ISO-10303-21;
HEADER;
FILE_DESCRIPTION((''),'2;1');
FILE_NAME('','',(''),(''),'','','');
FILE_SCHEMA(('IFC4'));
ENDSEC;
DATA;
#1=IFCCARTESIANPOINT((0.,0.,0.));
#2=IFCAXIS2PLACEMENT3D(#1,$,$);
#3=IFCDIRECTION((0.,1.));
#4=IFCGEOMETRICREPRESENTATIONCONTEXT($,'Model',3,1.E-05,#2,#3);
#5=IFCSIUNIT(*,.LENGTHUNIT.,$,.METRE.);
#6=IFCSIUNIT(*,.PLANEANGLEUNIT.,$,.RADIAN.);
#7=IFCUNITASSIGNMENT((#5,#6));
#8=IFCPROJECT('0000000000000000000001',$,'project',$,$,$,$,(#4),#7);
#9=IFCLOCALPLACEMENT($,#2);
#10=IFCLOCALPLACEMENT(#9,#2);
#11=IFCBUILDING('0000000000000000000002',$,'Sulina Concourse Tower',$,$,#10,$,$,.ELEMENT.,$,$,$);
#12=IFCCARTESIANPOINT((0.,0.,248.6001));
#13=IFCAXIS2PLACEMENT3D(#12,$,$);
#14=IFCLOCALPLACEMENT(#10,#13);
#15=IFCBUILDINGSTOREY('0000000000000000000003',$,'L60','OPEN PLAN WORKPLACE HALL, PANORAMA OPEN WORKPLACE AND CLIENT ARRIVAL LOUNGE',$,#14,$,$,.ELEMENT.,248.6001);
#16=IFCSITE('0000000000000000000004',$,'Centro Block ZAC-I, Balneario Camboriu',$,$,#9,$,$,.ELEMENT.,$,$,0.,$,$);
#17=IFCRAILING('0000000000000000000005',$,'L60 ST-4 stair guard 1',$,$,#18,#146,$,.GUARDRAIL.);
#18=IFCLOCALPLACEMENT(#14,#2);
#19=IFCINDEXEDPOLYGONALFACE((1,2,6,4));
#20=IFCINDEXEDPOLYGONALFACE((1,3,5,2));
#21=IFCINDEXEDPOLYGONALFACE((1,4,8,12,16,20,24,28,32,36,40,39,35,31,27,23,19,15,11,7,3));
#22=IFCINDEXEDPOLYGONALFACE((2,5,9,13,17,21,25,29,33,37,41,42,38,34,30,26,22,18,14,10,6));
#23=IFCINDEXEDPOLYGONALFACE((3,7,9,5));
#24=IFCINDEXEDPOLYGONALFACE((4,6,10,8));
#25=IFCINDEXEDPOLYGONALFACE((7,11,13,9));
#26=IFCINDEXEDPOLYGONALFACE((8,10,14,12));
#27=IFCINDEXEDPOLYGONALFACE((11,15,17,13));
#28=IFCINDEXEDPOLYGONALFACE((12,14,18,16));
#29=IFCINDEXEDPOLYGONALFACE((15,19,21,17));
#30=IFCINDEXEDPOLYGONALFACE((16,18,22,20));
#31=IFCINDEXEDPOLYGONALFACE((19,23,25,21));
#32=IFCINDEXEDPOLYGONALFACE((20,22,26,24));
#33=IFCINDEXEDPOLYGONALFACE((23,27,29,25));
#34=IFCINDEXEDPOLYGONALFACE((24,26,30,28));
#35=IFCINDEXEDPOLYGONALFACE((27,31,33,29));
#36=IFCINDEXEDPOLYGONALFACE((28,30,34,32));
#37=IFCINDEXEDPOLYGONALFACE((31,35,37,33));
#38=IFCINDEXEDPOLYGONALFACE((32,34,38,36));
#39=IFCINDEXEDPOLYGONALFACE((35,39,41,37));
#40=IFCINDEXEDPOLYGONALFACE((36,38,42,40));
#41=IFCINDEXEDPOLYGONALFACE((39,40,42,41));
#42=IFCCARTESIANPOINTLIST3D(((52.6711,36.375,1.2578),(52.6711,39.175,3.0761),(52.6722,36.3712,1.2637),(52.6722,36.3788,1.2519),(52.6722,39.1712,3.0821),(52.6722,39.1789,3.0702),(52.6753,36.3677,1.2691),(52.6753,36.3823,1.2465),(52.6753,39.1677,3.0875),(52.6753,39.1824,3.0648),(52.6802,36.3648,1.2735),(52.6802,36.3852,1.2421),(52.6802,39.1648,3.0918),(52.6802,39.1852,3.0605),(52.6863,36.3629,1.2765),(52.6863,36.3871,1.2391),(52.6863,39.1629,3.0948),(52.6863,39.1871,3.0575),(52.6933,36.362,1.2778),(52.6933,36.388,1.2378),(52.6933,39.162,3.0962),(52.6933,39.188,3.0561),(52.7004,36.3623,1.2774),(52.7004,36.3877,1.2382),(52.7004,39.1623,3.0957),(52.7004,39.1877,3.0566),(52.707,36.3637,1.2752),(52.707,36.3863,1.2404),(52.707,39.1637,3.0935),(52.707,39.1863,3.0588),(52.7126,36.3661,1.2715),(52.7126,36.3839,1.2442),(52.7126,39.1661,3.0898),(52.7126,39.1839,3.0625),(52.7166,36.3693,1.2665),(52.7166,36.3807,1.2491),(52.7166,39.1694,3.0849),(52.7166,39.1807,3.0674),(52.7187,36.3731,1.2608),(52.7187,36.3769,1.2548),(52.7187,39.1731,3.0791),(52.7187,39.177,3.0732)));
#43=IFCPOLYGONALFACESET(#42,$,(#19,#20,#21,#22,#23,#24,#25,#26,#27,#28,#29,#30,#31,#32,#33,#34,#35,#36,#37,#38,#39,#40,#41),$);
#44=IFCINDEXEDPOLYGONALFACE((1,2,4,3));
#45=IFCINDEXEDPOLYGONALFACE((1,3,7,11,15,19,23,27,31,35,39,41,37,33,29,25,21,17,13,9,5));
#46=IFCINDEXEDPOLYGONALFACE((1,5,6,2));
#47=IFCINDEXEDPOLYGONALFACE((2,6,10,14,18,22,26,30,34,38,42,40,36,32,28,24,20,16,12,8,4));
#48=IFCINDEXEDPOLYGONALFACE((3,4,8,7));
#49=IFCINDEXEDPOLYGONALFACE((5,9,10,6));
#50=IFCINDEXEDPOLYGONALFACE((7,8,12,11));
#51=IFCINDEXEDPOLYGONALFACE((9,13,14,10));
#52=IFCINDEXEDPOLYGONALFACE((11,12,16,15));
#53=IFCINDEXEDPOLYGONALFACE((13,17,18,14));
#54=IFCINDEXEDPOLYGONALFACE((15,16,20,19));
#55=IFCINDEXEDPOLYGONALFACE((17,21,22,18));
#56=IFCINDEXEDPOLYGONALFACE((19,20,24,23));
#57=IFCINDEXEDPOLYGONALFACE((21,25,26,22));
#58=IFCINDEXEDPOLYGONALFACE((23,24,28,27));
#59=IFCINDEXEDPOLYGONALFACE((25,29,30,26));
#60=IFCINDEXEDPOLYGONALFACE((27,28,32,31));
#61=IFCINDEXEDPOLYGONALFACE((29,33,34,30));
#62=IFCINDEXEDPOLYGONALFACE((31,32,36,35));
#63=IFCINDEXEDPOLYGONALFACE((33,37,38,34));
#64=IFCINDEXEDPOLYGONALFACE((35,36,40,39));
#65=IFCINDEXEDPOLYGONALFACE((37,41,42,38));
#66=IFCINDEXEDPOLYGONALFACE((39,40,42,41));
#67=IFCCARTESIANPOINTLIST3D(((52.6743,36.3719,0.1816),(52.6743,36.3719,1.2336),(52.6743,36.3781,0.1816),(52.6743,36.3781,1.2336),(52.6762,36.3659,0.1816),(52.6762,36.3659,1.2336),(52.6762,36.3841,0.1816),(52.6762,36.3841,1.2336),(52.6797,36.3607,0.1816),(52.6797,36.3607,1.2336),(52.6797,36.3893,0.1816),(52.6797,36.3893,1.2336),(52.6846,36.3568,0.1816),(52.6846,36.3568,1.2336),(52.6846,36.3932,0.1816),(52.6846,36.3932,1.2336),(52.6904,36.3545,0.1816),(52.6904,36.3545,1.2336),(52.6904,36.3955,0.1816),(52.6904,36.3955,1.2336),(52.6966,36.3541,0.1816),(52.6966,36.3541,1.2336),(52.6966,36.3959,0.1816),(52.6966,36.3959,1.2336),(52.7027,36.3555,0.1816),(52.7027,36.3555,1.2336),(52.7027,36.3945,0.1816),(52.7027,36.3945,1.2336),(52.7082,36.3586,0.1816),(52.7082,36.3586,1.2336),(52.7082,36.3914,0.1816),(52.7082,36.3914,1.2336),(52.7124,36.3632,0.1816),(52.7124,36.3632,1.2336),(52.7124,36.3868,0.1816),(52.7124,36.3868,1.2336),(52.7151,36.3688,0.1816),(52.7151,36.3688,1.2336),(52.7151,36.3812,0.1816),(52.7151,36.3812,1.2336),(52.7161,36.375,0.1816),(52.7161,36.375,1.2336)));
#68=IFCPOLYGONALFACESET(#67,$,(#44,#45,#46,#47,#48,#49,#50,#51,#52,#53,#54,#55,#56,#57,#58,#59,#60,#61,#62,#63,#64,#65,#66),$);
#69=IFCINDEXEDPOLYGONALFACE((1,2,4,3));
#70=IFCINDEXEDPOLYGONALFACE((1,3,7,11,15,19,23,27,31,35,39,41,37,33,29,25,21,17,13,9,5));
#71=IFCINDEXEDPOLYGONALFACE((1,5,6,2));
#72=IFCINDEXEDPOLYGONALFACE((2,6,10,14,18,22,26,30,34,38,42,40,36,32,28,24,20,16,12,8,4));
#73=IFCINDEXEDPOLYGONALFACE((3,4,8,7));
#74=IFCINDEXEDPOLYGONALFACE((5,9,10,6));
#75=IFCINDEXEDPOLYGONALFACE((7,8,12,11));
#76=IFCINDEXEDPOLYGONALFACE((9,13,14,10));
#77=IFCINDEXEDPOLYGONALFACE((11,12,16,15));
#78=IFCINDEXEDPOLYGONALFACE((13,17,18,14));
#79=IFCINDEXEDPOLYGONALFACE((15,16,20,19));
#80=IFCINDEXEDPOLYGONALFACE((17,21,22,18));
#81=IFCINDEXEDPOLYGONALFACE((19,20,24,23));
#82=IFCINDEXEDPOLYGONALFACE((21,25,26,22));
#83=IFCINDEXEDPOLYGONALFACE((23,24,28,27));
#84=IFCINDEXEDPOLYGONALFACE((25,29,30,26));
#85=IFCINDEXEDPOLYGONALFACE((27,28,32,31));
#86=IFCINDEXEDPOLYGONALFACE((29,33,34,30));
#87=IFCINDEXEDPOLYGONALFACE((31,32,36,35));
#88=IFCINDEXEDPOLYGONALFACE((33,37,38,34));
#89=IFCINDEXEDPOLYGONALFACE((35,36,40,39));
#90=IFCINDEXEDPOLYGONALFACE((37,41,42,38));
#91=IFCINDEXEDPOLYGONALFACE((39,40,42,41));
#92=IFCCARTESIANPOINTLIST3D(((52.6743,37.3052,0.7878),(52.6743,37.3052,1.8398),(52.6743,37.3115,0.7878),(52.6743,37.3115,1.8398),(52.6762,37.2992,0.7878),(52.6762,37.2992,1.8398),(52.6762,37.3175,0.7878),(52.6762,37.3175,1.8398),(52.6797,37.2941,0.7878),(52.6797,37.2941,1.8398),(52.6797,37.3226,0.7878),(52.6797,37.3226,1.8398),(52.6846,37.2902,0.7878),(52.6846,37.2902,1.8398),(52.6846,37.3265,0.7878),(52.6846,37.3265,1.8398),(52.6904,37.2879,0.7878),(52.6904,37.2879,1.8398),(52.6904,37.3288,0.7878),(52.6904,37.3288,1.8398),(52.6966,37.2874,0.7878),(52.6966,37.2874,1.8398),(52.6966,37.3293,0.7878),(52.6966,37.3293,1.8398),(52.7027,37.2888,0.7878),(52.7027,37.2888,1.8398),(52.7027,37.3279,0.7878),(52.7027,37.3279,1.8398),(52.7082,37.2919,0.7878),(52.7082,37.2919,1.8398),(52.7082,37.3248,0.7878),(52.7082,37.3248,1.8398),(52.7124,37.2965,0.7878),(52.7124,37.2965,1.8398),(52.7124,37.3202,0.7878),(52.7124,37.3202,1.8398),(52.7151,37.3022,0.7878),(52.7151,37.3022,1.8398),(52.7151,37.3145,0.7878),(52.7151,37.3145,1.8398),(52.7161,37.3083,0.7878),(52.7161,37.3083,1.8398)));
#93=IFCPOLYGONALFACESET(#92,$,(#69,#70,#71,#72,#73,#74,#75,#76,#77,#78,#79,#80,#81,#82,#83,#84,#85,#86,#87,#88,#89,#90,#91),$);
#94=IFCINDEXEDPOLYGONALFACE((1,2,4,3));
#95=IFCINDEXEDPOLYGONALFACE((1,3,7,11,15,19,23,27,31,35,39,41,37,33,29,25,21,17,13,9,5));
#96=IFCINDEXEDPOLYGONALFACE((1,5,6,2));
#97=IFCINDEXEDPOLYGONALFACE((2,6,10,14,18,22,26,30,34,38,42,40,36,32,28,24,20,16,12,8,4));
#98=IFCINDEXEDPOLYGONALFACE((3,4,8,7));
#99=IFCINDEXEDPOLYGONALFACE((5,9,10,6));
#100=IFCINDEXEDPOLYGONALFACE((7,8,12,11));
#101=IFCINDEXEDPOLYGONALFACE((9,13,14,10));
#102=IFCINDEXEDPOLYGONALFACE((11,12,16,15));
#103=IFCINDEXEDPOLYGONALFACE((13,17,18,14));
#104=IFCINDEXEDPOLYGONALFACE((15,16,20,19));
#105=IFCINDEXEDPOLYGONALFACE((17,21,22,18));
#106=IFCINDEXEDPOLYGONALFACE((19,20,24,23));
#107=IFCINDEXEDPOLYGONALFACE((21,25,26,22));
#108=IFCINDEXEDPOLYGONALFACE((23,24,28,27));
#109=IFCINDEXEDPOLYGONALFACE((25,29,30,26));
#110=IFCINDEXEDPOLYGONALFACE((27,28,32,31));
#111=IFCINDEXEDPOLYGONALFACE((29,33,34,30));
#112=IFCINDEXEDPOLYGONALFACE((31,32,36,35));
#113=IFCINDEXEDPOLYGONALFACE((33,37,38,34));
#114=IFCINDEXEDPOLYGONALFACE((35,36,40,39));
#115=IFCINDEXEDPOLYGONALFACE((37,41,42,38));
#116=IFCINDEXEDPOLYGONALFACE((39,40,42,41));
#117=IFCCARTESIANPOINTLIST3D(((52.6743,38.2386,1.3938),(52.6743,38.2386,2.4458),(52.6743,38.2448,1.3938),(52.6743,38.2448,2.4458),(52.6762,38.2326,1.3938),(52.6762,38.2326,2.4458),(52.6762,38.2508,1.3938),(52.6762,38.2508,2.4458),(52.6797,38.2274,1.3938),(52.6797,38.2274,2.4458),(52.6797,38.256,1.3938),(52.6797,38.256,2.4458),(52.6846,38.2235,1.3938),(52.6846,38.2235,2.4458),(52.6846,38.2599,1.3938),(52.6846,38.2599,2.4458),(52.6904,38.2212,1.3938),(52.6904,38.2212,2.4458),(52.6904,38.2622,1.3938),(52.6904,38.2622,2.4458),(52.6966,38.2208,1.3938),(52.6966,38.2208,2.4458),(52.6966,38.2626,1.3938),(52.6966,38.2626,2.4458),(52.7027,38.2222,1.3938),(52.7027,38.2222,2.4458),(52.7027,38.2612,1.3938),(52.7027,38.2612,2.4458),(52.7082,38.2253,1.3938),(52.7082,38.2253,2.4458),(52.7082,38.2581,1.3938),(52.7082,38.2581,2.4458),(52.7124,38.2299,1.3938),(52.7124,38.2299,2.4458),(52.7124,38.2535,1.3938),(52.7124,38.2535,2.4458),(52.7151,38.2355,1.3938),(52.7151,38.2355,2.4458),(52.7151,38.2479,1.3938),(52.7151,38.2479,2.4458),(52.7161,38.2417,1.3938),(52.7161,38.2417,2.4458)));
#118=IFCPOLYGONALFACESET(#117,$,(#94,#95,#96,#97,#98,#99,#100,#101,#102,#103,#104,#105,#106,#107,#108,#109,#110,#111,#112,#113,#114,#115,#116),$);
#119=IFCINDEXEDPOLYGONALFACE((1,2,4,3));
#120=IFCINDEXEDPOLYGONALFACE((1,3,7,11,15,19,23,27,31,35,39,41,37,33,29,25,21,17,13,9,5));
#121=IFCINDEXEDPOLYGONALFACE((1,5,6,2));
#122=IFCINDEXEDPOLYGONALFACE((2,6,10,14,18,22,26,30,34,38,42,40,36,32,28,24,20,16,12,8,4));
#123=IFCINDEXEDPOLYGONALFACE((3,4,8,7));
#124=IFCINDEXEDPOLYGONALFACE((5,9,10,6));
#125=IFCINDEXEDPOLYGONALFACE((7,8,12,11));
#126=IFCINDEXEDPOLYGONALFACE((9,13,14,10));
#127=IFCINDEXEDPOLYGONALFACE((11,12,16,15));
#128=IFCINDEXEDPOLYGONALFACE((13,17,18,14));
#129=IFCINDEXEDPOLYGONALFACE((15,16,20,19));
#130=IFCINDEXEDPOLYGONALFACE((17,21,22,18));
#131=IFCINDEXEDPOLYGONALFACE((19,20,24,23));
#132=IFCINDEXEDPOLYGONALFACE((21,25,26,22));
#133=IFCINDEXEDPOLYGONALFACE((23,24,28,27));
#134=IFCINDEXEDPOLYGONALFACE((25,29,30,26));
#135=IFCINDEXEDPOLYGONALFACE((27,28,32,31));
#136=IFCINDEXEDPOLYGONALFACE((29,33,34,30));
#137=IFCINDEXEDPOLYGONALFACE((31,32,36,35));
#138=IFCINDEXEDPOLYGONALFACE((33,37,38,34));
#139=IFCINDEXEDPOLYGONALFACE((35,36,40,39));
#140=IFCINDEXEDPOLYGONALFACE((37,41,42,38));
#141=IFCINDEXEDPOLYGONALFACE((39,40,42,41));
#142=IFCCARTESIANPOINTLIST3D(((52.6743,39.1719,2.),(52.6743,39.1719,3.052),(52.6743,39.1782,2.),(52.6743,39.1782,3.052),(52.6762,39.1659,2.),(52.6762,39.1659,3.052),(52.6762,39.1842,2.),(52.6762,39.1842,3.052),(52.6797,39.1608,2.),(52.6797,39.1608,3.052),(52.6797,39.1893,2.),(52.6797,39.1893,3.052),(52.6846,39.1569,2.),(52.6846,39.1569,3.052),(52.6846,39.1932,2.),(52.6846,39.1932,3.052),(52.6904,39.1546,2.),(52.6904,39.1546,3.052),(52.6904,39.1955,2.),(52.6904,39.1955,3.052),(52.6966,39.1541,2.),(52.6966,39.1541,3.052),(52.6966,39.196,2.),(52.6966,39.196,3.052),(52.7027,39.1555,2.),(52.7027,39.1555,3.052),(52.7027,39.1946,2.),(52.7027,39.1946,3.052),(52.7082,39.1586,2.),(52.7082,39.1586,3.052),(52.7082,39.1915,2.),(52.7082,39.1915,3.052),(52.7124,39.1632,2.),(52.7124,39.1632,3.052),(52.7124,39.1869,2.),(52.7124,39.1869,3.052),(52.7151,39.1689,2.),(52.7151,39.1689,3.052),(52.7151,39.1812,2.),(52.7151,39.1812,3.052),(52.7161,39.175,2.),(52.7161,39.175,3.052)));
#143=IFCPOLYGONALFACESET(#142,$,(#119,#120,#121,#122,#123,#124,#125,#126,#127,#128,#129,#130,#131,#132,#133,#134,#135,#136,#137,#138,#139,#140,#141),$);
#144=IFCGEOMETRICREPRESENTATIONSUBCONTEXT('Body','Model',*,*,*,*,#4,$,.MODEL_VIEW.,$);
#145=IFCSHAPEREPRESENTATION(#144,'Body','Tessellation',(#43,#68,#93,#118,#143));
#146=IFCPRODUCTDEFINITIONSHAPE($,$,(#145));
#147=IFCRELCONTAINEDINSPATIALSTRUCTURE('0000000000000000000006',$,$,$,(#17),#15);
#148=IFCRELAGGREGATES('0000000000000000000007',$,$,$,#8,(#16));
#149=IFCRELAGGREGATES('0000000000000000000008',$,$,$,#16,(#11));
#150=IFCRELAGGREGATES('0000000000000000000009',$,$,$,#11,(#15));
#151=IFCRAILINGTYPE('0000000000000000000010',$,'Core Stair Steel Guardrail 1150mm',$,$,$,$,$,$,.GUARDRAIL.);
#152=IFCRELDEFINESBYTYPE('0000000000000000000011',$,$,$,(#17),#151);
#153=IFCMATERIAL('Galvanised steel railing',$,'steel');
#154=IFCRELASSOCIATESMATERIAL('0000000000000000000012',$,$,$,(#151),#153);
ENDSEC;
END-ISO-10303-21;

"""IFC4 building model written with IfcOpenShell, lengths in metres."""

from ifc_helpers import new_model, si_unit, direction, frame, origin, origin_2d, place, context, subcontext, project, spatial, circle, extrude, material, type_object, element, save


model = new_model("IFC4")

# Units and contexts
model_context = context("Model", 3, precision=1e-05, world=origin(), true_north=direction((0.0, 1.0)))
body_context = subcontext(model_context, "Body", "Model", "MODEL_VIEW")
ifc_project = project(units=[si_unit("LENGTHUNIT", "METRE"), si_unit("PLANEANGLEUNIT", "RADIAN")], contexts=[model_context])

# Site, building, storey
site_placement = place(None, origin())
site = spatial("IfcSite", under=ifc_project, at=site_placement, Name="Centro Block ZAC-I, Balneario Camboriu", CompositionType="ELEMENT", RefElevation=0.0)
building_placement = place(site_placement, origin())
building = spatial("IfcBuilding", under=site, at=building_placement, Name="Sulina Concourse Tower", CompositionType="ELEMENT")
storey_placement = place(building_placement, frame((0.0, 0.0, 248.6001)))
storey = spatial("IfcBuildingStorey", under=building, at=storey_placement, Name="L60", Description="OPEN PLAN WORKPLACE HALL, PANORAMA OPEN WORKPLACE AND CLIENT ARRIVAL LOUNGE", CompositionType="ELEMENT", Elevation=248.6001)

# Railing
ifc_material_1 = material(Name="Galvanised steel railing", Category="steel")
railing_type_1 = type_object("IfcRailingType", Name="Core Stair Steel Guardrail 1150mm", PredefinedType="GUARDRAIL", material=ifc_material_1)
railing_1_placement = place(storey_placement, frame((52.6951, 36.375, 0.1816)))
element("IfcRailing", 1, at=railing_1_placement, inside=storey, type_object=railing_type_1, Name="L60 ST-4 stair guard 1", PredefinedType="GUARDRAIL", context=body_context, shape_type="SweptSolid", body=[
    extrude(circle(Radius=0.0239, at=origin_2d()), frame((0.0, 0.0, 1.0762), z_axis=(0.0, 0.838672, 0.544636), x_axis=(-1.0, 0.0, 0.0)), (0.0, 0.0, 1.0), 3.3386),
    extrude(circle(Radius=0.021, at=origin_2d()), origin(), (0.0, 0.0, 1.0), 1.052),
    extrude(circle(Radius=0.021, at=origin_2d()), frame((0.0, 0.9333, 0.6062)), (0.0, 0.0, 1.0), 1.052),
    extrude(circle(Radius=0.021, at=origin_2d()), frame((0.0, 1.8667, 1.2122)), (0.0, 0.0, 1.0), 1.052),
    extrude(circle(Radius=0.021, at=origin_2d()), frame((0.0, 2.8, 1.8184)), (0.0, 0.0, 1.0), 1.052),
])

save(model, "model.ifc")
